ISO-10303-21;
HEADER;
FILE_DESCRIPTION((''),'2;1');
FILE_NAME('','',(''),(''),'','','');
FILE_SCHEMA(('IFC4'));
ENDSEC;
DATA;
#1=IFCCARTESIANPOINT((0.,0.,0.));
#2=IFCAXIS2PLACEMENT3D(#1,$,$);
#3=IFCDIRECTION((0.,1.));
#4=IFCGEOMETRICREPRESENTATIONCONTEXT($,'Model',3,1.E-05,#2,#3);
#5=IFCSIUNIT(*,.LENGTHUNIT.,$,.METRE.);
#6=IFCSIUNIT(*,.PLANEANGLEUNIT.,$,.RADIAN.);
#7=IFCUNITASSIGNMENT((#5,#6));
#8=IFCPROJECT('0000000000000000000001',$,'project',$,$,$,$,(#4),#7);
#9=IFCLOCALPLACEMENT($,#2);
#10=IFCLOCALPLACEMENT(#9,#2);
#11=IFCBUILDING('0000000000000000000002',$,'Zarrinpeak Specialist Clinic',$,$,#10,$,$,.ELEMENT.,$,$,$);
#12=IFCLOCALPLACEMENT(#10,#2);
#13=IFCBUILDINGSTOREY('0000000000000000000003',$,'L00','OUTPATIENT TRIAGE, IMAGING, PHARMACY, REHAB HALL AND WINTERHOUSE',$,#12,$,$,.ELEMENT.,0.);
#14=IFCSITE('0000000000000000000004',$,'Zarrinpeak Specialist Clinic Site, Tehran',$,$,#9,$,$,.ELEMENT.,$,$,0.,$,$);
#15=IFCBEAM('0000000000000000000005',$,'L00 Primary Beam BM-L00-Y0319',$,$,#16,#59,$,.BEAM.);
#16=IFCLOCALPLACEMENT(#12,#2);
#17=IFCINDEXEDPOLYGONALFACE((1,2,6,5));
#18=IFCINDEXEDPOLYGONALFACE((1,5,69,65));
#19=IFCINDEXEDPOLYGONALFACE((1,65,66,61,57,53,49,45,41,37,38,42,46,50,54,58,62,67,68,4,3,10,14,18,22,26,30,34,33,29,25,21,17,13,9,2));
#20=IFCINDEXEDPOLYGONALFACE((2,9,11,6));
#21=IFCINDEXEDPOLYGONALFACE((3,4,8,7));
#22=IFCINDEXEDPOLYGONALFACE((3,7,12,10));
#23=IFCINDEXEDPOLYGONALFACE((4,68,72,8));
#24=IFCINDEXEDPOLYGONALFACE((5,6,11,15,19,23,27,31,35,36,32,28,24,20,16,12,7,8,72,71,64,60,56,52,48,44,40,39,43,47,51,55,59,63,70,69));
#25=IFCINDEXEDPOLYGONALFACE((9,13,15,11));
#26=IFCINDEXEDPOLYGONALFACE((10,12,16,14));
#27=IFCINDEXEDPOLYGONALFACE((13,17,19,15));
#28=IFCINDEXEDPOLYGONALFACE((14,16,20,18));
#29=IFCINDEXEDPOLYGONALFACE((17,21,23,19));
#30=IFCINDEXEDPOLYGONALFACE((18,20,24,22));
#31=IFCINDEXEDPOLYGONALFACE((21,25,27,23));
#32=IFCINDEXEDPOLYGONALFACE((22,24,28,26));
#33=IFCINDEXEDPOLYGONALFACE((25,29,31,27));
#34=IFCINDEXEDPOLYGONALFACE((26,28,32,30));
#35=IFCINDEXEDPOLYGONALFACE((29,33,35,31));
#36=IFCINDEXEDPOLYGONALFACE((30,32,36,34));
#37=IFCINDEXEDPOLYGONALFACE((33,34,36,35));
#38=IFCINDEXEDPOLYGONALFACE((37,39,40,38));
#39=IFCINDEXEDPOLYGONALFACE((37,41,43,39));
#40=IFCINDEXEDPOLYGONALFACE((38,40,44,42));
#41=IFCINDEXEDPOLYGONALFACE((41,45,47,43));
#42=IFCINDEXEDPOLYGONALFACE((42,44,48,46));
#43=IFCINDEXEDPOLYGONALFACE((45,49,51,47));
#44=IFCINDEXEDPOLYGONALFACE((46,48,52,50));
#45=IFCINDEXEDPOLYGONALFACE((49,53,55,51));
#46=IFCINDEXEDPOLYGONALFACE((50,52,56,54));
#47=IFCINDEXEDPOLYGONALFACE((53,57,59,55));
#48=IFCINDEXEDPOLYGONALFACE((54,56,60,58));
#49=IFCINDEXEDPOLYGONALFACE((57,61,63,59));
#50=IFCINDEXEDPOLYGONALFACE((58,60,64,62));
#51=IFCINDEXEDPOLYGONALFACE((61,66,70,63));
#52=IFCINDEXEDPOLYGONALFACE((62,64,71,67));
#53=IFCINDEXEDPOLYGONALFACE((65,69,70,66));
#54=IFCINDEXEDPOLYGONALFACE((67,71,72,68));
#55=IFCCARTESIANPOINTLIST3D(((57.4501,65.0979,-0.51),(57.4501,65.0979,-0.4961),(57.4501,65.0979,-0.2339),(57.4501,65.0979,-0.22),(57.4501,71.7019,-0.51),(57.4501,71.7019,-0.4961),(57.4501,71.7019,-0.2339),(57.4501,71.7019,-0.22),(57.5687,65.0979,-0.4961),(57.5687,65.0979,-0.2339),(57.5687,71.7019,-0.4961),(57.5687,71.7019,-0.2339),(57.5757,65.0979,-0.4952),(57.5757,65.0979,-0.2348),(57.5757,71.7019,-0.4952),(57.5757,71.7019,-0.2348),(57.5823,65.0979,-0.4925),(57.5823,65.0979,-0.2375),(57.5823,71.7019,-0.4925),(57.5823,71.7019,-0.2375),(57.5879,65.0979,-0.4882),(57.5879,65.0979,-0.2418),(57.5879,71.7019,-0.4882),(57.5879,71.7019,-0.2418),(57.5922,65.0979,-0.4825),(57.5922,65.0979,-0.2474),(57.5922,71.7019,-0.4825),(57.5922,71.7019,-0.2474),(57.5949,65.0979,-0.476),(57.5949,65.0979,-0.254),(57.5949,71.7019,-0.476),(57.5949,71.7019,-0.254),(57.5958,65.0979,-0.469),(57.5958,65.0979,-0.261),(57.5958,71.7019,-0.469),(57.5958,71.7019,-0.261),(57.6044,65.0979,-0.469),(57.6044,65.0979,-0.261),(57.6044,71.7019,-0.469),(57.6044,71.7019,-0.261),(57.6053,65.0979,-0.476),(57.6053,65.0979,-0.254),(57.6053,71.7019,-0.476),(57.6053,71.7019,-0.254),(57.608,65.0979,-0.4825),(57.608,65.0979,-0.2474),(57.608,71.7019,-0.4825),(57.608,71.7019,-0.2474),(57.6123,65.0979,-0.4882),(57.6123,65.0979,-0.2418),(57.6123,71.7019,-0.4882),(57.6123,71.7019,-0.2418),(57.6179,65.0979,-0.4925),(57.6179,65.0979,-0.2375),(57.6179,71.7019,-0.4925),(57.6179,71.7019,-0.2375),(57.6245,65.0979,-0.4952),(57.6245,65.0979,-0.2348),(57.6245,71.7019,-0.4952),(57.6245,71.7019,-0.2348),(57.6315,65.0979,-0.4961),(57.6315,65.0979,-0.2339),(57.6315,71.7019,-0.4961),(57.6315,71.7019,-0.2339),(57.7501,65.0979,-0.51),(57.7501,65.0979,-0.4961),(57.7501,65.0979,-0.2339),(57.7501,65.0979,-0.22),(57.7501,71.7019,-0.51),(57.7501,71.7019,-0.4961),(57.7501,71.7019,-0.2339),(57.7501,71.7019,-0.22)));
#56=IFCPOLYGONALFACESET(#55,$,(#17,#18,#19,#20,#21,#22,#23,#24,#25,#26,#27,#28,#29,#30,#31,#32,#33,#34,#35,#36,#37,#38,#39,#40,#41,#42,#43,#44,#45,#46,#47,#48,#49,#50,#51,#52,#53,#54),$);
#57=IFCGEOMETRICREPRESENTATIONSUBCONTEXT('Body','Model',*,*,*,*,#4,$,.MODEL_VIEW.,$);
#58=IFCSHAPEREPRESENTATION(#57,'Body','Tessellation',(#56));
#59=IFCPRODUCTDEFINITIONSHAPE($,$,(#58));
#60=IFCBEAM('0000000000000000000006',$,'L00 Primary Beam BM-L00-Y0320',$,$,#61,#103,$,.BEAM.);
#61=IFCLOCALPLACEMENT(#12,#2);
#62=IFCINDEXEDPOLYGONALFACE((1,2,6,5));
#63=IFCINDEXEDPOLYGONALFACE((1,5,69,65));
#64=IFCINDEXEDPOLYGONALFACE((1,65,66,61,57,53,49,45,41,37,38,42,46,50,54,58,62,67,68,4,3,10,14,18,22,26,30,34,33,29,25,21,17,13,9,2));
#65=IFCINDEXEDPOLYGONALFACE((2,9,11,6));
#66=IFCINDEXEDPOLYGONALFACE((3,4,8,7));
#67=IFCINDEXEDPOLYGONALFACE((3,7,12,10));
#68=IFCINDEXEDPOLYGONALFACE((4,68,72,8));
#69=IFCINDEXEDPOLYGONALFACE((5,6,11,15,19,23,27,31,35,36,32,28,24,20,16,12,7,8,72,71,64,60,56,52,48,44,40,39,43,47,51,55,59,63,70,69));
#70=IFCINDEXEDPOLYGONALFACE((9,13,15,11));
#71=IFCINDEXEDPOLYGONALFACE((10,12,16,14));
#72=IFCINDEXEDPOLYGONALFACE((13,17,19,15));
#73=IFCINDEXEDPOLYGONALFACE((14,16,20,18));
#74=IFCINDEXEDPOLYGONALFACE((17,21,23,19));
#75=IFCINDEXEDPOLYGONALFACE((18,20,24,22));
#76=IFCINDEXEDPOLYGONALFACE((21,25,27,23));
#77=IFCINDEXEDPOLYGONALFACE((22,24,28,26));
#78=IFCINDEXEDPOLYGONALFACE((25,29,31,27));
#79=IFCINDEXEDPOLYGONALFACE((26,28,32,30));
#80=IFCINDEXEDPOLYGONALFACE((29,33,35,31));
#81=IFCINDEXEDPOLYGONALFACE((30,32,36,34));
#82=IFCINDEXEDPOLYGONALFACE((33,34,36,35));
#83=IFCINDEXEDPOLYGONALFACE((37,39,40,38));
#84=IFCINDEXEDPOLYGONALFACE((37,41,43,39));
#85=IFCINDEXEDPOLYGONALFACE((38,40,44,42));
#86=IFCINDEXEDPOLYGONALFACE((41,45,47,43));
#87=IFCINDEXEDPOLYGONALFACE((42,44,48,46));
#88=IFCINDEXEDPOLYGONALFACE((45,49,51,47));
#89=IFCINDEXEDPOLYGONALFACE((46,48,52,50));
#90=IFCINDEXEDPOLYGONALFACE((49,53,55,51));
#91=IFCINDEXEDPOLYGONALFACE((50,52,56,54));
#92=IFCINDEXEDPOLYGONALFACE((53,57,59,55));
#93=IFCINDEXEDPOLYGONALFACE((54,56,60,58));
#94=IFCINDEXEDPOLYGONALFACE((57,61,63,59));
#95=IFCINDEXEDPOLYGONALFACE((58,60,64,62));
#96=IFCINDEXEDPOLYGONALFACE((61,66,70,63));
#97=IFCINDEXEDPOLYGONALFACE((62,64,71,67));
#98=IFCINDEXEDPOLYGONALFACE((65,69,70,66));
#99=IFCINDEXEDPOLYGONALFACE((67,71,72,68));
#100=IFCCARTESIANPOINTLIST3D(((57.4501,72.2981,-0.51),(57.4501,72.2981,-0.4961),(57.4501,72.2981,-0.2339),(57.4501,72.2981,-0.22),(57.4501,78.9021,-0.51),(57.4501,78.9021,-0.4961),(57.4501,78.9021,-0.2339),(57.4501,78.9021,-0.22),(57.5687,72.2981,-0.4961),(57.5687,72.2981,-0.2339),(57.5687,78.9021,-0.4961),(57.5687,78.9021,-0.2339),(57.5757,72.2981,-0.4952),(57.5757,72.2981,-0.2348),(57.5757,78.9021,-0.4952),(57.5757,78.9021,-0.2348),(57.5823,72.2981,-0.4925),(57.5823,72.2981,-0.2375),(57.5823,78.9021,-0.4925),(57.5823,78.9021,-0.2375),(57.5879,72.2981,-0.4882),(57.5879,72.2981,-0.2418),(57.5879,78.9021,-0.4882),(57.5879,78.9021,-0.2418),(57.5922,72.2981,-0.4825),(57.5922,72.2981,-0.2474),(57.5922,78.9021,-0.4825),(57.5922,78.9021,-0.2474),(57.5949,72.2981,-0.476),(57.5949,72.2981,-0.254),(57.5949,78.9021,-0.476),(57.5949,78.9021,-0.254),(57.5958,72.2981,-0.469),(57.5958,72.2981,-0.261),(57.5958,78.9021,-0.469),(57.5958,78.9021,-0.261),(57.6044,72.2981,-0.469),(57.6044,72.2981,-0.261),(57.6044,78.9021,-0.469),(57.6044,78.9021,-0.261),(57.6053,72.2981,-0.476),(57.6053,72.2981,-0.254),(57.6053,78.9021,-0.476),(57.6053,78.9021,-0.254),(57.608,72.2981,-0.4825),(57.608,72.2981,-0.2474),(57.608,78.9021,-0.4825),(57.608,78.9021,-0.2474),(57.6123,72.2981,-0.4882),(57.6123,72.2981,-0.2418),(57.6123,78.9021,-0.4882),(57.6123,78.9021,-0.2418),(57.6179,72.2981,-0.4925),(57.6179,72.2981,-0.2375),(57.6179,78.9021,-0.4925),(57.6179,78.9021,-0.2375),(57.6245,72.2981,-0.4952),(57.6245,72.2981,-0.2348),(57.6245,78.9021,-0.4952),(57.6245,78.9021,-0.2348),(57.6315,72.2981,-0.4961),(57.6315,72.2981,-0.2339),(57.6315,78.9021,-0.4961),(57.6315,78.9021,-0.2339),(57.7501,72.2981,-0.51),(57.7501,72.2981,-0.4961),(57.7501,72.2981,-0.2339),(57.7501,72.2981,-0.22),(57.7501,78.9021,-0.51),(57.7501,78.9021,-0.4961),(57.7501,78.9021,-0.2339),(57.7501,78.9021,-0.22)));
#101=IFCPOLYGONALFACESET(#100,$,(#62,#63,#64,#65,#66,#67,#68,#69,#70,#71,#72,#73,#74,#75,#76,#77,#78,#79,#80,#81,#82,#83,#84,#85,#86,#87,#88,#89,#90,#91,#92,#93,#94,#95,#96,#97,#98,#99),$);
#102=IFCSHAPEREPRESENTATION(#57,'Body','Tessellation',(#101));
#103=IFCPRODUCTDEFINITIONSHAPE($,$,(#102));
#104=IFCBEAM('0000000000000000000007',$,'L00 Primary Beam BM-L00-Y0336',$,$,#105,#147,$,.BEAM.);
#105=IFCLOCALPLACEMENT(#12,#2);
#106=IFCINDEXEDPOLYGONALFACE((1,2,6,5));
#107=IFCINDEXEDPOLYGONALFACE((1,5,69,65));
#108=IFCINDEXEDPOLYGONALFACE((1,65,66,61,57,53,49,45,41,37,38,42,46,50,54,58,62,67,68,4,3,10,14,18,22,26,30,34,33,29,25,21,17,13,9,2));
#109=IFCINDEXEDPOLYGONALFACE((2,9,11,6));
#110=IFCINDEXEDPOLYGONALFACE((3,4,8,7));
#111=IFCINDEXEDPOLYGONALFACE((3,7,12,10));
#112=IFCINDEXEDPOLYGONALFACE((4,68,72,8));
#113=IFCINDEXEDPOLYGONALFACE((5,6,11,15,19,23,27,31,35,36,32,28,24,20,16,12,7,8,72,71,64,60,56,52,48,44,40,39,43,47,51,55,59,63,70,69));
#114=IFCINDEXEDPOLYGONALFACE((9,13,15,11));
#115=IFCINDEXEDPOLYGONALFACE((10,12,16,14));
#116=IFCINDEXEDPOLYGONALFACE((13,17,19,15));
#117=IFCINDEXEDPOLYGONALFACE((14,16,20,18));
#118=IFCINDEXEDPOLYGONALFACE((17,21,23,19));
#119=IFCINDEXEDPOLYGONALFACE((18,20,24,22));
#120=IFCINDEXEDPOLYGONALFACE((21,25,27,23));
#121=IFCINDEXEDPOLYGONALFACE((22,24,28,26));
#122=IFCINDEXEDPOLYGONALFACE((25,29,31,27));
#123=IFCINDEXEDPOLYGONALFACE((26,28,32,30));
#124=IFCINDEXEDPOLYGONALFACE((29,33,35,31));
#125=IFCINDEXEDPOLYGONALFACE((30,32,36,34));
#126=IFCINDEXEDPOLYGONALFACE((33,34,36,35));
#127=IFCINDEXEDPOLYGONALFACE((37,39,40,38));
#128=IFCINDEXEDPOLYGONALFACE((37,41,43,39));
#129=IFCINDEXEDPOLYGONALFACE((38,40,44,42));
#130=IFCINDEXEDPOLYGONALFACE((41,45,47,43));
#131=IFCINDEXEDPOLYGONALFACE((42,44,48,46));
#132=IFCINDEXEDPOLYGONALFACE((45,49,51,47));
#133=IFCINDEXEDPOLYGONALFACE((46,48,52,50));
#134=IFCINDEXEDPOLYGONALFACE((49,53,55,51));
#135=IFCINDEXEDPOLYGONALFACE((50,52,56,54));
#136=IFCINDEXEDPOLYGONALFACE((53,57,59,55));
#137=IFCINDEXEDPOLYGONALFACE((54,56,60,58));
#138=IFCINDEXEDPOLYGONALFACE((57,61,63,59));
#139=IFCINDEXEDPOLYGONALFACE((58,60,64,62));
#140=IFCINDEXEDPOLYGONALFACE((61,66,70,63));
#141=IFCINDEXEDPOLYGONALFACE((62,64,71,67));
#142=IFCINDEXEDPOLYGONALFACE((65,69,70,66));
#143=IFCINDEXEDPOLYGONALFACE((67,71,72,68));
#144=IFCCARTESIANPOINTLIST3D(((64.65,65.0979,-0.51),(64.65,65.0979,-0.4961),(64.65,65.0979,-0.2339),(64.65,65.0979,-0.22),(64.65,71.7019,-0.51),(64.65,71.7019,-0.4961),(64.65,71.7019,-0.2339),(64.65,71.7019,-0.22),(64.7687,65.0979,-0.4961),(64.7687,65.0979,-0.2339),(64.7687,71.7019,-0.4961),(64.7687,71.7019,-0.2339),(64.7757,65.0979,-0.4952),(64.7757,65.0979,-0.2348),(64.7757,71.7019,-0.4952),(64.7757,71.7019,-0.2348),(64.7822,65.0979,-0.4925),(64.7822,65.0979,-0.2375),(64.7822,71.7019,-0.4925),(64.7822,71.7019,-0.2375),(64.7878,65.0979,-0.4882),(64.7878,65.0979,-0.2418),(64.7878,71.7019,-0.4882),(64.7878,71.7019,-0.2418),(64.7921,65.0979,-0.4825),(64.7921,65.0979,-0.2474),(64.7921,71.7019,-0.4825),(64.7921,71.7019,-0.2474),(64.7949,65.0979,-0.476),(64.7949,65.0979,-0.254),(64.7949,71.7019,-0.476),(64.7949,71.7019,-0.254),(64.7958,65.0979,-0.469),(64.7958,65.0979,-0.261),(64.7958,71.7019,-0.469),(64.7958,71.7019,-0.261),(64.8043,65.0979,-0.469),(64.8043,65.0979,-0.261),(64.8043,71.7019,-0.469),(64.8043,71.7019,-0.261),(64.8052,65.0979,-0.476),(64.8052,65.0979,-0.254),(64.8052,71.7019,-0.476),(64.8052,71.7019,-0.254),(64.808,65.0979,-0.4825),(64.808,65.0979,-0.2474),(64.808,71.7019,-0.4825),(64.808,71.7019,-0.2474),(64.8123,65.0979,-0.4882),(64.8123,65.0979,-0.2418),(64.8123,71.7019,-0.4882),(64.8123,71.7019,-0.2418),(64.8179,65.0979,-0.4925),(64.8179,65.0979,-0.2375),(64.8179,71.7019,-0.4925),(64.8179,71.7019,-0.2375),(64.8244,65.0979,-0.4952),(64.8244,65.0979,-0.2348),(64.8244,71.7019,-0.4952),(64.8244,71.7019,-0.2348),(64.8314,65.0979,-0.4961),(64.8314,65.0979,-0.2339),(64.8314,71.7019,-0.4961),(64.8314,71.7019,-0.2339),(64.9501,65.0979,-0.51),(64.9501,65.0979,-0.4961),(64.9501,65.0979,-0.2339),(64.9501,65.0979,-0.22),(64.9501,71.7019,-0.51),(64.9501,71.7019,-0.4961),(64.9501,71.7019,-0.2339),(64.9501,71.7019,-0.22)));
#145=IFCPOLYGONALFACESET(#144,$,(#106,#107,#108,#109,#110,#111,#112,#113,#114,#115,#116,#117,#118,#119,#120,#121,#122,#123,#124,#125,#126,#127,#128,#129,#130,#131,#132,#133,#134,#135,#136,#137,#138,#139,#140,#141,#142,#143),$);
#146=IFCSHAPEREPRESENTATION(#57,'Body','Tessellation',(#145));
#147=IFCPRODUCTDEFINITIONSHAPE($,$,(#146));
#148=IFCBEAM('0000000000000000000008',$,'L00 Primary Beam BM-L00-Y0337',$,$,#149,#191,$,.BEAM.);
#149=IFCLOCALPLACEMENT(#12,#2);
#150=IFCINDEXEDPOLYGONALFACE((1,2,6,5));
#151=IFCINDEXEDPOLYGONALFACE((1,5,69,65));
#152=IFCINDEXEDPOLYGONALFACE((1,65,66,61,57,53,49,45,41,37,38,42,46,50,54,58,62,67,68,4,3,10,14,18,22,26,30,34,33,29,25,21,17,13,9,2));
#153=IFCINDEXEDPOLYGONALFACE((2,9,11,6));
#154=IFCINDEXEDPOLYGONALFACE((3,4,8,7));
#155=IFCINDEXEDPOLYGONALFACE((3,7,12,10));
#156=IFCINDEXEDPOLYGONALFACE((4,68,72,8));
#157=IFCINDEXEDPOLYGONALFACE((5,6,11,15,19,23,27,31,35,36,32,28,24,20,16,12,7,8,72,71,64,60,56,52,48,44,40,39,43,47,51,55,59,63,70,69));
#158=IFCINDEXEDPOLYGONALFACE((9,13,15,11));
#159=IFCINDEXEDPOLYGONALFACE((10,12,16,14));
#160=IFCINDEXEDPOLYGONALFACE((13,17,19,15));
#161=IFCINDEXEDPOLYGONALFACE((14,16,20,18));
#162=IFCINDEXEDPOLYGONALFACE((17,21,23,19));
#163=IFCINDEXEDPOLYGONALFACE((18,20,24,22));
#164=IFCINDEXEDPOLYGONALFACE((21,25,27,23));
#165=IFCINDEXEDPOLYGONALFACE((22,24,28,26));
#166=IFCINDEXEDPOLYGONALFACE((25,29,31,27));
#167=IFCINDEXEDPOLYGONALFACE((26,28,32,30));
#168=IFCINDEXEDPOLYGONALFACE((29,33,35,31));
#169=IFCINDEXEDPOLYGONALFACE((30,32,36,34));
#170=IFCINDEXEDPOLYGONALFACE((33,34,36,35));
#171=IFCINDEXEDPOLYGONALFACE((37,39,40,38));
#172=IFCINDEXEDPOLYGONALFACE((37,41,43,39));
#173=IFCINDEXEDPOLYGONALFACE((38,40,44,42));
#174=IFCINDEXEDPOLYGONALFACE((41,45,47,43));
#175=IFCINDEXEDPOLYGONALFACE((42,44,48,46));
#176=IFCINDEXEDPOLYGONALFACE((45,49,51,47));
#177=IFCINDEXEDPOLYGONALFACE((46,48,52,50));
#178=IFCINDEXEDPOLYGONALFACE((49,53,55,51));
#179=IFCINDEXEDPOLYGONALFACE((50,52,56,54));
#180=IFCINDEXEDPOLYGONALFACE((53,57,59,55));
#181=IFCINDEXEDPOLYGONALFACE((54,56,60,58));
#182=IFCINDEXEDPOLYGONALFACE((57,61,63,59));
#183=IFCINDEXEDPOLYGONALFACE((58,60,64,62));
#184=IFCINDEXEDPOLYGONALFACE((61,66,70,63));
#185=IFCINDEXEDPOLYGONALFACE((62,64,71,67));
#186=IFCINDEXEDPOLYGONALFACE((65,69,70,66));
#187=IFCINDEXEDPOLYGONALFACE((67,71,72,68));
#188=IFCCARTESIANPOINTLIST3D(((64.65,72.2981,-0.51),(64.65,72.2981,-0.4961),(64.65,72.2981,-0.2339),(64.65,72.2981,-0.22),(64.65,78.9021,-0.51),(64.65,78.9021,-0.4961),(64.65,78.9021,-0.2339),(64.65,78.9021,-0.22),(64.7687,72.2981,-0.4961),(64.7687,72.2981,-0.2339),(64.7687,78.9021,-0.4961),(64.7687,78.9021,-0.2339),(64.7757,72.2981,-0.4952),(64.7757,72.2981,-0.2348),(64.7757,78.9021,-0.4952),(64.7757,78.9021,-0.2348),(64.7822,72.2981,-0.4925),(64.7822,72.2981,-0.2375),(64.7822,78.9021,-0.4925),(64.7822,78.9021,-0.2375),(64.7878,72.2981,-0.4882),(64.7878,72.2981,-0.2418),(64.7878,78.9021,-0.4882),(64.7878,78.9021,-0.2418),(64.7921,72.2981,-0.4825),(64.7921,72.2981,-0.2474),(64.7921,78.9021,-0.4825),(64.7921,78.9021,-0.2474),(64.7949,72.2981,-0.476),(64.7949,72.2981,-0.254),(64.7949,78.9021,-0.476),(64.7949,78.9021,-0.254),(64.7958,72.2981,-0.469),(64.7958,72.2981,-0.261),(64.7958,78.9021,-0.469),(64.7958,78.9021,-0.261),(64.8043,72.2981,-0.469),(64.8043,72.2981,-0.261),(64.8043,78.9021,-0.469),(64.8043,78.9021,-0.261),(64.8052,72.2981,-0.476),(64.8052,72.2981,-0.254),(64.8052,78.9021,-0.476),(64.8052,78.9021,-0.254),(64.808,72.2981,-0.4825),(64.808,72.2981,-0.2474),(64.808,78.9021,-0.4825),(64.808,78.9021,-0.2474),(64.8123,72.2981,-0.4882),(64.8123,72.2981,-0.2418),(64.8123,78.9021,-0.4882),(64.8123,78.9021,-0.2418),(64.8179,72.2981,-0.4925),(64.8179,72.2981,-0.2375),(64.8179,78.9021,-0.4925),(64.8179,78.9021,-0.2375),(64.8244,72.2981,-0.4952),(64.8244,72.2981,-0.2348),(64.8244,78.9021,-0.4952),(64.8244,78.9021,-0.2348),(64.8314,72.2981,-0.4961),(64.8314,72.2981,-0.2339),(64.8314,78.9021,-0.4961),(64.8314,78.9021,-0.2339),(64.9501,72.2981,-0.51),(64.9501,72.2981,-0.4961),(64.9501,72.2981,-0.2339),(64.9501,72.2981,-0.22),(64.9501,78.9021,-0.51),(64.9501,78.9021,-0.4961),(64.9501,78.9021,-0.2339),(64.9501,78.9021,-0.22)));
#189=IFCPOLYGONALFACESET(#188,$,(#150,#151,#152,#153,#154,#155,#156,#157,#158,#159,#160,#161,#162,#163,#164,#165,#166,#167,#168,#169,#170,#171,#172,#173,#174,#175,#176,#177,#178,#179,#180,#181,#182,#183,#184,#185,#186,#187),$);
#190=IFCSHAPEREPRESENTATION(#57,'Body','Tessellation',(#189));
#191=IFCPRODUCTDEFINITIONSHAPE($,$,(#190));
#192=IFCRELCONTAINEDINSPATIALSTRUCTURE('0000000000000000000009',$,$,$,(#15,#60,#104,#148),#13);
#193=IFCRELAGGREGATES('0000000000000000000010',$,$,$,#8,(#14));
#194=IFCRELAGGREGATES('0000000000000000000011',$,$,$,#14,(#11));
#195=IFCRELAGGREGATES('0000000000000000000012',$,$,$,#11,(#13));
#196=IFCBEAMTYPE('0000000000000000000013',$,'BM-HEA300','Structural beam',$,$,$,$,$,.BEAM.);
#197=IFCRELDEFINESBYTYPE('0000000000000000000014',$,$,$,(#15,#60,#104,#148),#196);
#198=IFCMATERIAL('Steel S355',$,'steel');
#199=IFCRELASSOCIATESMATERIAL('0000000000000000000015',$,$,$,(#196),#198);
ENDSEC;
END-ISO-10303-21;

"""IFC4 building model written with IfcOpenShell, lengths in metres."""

from ifc_helpers import new_model, si_unit, direction, frame, origin, origin_2d, place, context, subcontext, project, spatial, i_section, extrude, material, material_profile, profile_set, type_object, element, save


model = new_model("IFC4")

# Units and contexts
model_context = context("Model", 3, precision=1e-05, world=origin(), true_north=direction((0.0, 1.0)))
body_context = subcontext(model_context, "Body", "Model", "MODEL_VIEW")
ifc_project = project(units=[si_unit("LENGTHUNIT", "METRE"), si_unit("PLANEANGLEUNIT", "RADIAN")], contexts=[model_context])

# Site, building, storey
site_placement = place(None, origin())
site = spatial("IfcSite", under=ifc_project, at=site_placement, Name="Zarrinpeak Specialist Clinic Site, Tehran", CompositionType="ELEMENT", RefElevation=0.0)
building_placement = place(site_placement, origin())
building = spatial("IfcBuilding", under=site, at=building_placement, Name="Zarrinpeak Specialist Clinic", CompositionType="ELEMENT")
storey_placement = place(building_placement, origin())
storey = spatial("IfcBuildingStorey", under=building, at=storey_placement, Name="L00", Description="OUTPATIENT TRIAGE, IMAGING, PHARMACY, REHAB HALL AND WINTERHOUSE", CompositionType="ELEMENT", Elevation=0.0)

# Beams
ifc_material = material(Name="Steel S355", Category="steel")
ifc_material_profile_1 = material_profile(ifc_material, i_section(OverallWidth=0.3, OverallDepth=0.29, WebThickness=0.0085, FlangeThickness=0.0139, FilletRadius=0.0271, at=origin_2d()), Name="HEA 300")
ifc_profile_set_1 = profile_set([ifc_material_profile_1], Name="Steel S355")
beam_type_1 = type_object("IfcBeamType", Name="BM-HEA300", Description="Structural beam", PredefinedType="BEAM", material=ifc_profile_set_1)
for number, where, z_axis, x_axis, name in (
    (1, (57.6001, 65.0979, -0.365), (0.0, 1.0, 0.0), (-1.0, 0.0, 0.0), "L00 Primary Beam BM-L00-Y0319"),
    (2, (57.6001, 72.2981, -0.365), (0.0, 1.0, 0.0), (-1.0, 0.0, 0.0), "L00 Primary Beam BM-L00-Y0320"),
    (3, (64.8, 65.0979, -0.365), (0.0, 1.0, 0.0), (-1.0, 0.0, 0.0), "L00 Primary Beam BM-L00-Y0336"),
    (4, (64.8, 72.2981, -0.365), (0.0, 1.0, 0.0), (-1.0, 0.0, 0.0), "L00 Primary Beam BM-L00-Y0337"),
):
    element("IfcBeam", number, at=place(storey_placement, frame(where, z_axis=z_axis, x_axis=x_axis)), inside=storey, type_object=beam_type_1, Name=name, PredefinedType="BEAM", context=body_context, shape_type="SweptSolid", body=[
        extrude(i_section(OverallWidth=0.3, OverallDepth=0.29, WebThickness=0.0085, FlangeThickness=0.0139, FilletRadius=0.0271, at=origin_2d()), origin(), (0.0, 0.0, 1.0), 6.604),
    ])

save(model, "model.ifc")
